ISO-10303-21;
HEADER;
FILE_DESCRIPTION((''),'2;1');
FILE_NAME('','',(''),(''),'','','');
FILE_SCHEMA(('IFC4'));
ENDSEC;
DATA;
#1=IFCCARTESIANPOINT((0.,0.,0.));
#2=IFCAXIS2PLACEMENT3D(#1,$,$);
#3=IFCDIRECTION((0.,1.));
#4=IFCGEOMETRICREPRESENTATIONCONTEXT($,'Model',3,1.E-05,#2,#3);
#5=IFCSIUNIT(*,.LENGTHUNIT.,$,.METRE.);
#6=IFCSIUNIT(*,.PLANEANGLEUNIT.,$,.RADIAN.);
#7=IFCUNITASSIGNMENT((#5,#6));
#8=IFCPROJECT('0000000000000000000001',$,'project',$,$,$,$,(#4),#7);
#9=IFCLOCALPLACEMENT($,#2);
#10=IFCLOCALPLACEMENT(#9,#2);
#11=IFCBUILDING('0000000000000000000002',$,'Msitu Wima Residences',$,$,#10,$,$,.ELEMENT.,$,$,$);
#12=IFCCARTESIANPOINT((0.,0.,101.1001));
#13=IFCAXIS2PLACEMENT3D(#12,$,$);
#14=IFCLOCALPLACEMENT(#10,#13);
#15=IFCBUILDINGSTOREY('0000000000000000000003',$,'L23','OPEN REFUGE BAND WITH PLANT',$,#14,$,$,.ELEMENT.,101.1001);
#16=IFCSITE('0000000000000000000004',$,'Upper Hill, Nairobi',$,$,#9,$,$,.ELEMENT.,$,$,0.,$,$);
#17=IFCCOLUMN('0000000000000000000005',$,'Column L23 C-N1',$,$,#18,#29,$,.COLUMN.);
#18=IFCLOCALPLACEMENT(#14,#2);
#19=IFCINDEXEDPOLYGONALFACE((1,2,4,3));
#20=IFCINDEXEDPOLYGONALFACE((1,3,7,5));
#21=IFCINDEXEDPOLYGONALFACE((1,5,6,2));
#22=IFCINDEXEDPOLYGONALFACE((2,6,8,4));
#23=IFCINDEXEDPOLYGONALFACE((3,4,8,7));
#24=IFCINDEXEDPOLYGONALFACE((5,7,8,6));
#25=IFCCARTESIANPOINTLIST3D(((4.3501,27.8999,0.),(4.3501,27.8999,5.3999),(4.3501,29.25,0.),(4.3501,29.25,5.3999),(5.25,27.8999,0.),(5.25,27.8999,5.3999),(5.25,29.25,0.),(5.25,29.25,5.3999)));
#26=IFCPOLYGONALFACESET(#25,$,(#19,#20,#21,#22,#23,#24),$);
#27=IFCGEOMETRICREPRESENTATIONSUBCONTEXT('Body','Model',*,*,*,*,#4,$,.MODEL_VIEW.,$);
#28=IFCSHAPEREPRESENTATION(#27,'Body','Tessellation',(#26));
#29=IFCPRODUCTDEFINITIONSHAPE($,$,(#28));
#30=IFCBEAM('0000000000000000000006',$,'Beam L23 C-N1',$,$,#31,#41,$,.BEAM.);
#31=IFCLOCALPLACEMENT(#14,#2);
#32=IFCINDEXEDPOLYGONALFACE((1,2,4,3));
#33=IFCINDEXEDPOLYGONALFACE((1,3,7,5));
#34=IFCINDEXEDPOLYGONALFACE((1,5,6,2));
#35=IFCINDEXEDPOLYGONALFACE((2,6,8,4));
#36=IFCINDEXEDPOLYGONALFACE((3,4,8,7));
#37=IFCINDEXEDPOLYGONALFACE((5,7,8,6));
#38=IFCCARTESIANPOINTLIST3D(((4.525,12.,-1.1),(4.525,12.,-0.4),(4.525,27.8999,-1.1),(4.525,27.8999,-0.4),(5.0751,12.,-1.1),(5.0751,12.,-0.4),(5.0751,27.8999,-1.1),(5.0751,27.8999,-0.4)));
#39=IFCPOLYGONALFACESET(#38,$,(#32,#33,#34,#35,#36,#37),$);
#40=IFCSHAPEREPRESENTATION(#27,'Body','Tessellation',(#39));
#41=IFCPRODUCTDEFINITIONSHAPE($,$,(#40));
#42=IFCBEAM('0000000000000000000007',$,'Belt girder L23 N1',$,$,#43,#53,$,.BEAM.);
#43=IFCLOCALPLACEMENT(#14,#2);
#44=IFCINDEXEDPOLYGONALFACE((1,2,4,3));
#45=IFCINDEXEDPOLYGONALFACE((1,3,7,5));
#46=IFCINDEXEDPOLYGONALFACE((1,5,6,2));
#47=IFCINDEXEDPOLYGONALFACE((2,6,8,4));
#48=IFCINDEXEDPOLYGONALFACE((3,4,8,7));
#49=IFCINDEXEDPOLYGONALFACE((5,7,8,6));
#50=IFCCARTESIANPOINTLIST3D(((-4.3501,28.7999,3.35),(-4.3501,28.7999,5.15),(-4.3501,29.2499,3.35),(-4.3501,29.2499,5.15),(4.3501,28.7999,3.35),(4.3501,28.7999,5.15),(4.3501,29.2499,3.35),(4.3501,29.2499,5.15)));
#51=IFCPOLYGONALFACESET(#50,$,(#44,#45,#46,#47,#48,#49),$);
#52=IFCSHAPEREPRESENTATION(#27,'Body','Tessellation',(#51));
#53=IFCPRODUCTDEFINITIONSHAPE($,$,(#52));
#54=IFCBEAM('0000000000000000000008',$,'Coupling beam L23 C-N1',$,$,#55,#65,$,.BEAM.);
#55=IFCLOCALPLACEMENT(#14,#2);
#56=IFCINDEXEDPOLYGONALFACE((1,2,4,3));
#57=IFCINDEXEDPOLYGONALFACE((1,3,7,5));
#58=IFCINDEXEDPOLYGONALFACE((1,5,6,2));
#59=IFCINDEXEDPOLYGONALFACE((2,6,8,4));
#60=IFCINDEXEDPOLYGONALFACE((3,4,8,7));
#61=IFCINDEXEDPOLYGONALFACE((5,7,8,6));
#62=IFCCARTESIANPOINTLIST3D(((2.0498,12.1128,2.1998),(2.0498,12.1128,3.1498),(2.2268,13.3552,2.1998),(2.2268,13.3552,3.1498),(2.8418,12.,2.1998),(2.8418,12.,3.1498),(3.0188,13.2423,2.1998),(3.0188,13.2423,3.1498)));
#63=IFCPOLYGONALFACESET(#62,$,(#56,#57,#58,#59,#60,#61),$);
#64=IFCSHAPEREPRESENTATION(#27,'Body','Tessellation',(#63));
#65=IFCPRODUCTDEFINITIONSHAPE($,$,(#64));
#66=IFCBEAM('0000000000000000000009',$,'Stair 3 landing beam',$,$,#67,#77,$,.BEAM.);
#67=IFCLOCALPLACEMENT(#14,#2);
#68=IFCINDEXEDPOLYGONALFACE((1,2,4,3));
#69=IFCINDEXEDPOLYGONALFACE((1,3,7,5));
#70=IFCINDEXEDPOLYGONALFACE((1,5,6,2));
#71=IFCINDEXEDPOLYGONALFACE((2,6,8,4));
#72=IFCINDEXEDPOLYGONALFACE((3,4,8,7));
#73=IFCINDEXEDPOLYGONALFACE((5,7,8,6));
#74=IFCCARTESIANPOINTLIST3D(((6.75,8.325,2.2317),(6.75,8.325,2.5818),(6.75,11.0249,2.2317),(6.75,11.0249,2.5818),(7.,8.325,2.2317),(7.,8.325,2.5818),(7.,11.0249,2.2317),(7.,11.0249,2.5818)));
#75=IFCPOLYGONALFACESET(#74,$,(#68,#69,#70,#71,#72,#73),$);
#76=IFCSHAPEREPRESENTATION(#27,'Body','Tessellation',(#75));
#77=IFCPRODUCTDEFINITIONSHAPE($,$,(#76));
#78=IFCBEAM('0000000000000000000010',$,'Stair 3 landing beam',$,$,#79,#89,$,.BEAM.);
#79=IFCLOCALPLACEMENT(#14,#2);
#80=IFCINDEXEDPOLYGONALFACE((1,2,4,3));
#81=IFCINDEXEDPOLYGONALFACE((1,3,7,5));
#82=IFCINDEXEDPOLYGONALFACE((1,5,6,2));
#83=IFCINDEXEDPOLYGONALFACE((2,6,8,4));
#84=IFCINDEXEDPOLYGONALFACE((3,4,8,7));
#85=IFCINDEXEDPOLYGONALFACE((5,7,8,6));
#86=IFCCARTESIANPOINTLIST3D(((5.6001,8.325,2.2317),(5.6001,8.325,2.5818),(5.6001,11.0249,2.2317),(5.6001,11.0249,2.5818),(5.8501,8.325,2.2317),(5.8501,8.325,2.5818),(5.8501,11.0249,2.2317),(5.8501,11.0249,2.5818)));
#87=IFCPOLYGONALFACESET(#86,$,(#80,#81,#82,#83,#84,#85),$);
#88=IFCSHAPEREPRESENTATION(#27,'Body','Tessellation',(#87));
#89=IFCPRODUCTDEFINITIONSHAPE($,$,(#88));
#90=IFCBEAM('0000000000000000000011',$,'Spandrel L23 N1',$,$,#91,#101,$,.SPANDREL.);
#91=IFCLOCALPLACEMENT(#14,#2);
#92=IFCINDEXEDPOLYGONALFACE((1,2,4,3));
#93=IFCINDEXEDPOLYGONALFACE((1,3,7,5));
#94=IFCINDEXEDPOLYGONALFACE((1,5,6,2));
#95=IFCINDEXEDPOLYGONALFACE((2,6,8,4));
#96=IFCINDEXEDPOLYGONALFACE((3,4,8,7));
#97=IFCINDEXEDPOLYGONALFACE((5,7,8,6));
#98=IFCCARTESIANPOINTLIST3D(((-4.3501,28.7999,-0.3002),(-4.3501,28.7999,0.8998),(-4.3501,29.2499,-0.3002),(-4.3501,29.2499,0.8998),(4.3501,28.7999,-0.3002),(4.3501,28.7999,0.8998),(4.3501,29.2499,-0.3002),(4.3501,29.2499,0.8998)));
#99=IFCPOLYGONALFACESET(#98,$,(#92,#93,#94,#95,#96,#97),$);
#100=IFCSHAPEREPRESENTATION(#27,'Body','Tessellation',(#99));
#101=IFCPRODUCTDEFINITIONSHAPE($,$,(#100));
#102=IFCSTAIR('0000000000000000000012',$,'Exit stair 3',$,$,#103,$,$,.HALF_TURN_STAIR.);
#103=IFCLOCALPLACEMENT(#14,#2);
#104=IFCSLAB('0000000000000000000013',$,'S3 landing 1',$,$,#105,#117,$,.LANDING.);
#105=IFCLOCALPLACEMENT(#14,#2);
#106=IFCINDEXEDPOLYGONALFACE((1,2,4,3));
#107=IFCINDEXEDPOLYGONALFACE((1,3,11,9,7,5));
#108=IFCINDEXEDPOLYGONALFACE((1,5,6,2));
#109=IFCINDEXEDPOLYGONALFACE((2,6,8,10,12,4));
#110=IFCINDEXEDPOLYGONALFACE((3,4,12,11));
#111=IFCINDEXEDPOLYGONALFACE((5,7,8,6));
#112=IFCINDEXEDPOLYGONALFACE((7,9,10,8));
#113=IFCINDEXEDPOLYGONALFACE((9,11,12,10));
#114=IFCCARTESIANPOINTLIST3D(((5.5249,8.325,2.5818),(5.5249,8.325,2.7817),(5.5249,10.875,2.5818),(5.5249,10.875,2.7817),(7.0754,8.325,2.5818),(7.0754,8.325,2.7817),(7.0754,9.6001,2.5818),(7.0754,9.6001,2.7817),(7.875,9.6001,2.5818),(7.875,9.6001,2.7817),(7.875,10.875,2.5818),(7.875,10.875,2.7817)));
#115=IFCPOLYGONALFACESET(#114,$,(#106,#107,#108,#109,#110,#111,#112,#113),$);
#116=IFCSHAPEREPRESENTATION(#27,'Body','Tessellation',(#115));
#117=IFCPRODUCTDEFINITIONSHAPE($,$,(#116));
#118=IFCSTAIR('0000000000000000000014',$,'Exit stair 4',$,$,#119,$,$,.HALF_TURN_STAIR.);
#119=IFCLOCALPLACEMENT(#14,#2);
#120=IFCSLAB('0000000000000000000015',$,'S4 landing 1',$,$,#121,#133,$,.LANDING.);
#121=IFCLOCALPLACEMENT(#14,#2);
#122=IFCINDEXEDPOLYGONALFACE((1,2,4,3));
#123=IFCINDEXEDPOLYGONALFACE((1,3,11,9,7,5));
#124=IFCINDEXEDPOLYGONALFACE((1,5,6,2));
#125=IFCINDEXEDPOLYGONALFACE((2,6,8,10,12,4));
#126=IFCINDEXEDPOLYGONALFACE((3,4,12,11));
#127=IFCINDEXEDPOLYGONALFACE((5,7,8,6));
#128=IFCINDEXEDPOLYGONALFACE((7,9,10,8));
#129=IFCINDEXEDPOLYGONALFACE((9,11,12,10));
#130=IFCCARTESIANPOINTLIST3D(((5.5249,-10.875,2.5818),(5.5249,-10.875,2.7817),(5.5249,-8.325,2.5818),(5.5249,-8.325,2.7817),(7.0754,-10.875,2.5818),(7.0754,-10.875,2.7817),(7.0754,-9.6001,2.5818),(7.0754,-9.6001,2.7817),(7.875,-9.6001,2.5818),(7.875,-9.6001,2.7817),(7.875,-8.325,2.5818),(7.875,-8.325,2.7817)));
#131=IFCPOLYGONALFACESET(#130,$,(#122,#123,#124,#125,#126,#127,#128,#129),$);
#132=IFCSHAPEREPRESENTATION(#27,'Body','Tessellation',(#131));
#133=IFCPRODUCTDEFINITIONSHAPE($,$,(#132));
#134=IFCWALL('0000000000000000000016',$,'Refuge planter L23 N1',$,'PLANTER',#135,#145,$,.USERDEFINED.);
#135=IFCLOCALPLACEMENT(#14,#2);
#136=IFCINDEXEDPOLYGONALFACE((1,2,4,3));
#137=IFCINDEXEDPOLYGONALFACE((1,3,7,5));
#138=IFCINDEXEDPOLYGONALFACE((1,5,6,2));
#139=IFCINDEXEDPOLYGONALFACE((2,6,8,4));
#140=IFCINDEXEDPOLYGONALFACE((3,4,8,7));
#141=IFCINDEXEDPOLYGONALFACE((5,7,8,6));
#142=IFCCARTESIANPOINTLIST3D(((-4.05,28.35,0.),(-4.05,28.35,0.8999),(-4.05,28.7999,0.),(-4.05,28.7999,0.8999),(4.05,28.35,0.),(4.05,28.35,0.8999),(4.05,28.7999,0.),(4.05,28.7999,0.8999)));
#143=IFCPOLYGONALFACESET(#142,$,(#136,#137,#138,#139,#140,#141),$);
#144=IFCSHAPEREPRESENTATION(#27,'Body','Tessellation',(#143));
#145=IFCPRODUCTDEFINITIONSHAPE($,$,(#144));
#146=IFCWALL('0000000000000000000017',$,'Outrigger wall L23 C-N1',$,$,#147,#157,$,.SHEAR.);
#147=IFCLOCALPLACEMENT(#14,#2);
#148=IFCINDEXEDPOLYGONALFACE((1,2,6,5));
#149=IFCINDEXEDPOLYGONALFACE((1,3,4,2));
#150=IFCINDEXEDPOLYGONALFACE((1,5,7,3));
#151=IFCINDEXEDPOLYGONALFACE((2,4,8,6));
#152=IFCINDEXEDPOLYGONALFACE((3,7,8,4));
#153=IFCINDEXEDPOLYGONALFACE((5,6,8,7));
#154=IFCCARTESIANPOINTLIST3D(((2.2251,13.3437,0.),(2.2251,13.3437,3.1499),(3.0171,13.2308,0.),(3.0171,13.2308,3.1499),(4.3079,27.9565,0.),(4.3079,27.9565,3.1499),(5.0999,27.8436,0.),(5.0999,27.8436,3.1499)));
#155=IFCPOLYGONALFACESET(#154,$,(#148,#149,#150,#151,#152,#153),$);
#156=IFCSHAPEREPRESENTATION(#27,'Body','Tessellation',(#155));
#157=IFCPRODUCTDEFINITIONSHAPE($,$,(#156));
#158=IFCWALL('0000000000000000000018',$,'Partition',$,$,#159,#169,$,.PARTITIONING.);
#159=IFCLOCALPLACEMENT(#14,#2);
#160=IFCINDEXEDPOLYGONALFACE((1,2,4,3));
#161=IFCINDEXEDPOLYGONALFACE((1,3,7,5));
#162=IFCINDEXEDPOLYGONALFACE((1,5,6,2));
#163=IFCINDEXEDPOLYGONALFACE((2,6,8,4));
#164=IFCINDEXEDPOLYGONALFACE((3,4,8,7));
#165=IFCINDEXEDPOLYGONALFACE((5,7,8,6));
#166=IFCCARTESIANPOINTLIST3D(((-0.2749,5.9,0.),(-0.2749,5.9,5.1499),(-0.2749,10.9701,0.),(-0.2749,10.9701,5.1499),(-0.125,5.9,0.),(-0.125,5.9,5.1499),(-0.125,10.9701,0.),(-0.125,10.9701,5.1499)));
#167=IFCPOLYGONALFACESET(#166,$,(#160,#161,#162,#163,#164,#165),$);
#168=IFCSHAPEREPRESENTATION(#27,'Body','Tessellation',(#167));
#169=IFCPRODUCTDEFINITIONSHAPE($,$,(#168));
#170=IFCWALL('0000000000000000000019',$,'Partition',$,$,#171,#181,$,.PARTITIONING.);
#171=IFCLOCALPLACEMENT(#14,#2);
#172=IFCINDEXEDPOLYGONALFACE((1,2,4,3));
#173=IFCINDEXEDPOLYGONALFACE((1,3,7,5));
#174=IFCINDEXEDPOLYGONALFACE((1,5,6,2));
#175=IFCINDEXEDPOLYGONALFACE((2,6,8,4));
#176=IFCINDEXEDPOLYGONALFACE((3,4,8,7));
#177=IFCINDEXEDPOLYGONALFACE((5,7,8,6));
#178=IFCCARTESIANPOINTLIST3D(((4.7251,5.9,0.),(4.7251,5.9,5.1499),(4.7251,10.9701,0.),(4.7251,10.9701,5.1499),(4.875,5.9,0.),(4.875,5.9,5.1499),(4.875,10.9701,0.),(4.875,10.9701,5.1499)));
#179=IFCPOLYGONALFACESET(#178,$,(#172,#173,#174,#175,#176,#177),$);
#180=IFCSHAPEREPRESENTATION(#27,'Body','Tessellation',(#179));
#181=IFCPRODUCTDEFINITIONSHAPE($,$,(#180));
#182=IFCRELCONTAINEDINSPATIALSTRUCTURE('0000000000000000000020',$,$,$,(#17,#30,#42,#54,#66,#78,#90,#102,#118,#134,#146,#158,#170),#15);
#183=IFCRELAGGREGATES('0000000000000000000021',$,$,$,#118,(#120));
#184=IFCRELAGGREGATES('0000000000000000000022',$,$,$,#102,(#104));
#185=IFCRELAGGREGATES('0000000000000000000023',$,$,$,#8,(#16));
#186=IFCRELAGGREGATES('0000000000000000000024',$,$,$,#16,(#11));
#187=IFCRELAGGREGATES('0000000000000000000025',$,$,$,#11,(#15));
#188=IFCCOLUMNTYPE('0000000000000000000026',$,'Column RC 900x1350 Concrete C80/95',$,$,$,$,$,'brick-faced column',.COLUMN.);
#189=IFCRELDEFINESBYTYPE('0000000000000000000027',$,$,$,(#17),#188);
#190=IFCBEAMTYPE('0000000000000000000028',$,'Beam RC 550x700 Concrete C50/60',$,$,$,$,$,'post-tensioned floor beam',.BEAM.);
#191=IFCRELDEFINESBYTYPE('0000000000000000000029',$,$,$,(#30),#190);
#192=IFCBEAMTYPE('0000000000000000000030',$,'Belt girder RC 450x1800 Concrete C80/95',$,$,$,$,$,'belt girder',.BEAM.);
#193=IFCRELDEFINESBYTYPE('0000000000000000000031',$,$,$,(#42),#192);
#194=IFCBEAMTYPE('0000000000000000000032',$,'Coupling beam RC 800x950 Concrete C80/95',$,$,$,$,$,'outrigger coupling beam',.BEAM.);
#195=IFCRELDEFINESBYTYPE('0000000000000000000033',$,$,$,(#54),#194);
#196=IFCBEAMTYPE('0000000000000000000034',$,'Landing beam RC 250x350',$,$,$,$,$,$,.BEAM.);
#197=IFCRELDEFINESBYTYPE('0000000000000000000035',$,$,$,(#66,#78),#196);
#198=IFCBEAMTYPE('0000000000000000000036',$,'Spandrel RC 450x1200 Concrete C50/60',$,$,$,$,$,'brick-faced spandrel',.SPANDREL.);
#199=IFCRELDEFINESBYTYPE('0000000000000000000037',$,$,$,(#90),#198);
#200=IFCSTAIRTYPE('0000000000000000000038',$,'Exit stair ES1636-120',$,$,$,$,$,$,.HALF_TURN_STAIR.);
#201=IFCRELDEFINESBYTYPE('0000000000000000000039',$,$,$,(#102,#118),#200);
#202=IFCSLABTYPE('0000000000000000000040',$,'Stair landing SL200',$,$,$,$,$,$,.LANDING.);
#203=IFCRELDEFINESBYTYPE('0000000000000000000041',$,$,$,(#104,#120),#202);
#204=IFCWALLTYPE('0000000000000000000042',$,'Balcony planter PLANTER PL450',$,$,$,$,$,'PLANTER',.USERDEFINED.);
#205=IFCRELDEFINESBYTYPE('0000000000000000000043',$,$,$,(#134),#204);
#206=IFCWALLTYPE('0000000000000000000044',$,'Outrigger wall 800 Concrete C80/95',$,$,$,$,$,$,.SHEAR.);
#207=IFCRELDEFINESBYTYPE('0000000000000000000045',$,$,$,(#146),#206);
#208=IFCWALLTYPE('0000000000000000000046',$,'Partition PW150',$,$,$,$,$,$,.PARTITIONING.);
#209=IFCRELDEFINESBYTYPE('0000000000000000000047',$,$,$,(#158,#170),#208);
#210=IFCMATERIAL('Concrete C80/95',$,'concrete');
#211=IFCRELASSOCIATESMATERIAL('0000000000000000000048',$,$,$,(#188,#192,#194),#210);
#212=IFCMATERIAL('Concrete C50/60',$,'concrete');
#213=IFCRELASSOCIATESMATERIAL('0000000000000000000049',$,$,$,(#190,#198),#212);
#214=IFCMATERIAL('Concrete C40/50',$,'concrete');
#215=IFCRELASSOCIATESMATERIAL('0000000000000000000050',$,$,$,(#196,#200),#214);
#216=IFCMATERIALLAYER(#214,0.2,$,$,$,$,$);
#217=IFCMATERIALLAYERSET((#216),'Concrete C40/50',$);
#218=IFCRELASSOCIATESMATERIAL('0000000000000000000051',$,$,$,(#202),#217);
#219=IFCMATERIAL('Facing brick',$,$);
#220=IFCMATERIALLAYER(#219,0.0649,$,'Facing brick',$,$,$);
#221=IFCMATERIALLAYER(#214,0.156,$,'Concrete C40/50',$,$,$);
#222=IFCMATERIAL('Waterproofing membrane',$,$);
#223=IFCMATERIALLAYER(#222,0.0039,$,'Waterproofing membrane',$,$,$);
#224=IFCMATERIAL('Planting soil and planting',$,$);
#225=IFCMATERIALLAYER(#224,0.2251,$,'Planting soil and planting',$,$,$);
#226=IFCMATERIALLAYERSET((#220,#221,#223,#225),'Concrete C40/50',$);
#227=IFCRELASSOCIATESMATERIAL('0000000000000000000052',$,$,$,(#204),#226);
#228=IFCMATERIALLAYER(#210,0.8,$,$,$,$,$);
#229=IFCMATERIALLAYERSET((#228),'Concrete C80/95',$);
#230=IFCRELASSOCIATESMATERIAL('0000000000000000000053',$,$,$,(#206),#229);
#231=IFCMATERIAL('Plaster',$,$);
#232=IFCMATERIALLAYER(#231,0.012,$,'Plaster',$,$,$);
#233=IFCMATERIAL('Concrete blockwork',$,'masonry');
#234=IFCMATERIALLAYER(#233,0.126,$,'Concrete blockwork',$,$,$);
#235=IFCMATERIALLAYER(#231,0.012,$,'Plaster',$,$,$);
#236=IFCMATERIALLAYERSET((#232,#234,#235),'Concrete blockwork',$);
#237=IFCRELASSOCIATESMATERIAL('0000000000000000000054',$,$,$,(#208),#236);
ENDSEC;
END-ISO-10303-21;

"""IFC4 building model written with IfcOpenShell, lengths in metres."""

from ifc_helpers import new_model, si_unit, direction, frame, frame_2d, origin, origin_2d, place, context, subcontext, project, spatial, polyline, rectangle, outline, extrude, material, layer, layer_set, material_profile, profile_set, type_object, element, aggregate, save


model = new_model("IFC4")

# Units and contexts
model_context = context("Model", 3, precision=1e-05, world=origin(), true_north=direction((0.0, 1.0)))
body_context = subcontext(model_context, "Body", "Model", "MODEL_VIEW")
ifc_project = project(units=[si_unit("LENGTHUNIT", "METRE"), si_unit("PLANEANGLEUNIT", "RADIAN")], contexts=[model_context])

# Site, building, storey
site_placement = place(None, origin())
site = spatial("IfcSite", under=ifc_project, at=site_placement, Name="Upper Hill, Nairobi", CompositionType="ELEMENT", RefElevation=0.0)
building_placement = place(site_placement, origin())
building = spatial("IfcBuilding", under=site, at=building_placement, Name="Msitu Wima Residences", CompositionType="ELEMENT")
storey_placement = place(building_placement, frame((0.0, 0.0, 101.1001)))
storey = spatial("IfcBuildingStorey", under=building, at=storey_placement, Name="L23", Description="OPEN REFUGE BAND WITH PLANT", CompositionType="ELEMENT", Elevation=101.1001)

# Column
ifc_material_1 = material(Name="Concrete C80/95", Category="concrete")
ifc_material_profile_1 = material_profile(ifc_material_1, rectangle(XDim=0.8999, YDim=1.3501, at=origin_2d()), Name="RC 900x1350")
ifc_profile_set_1 = profile_set([ifc_material_profile_1], Name="Concrete C80/95")
column_type = type_object("IfcColumnType", Name="Column RC 900x1350 Concrete C80/95", ElementType="brick-faced column", PredefinedType="COLUMN", material=ifc_profile_set_1)
column_placement = place(storey_placement, frame((4.8, 28.575, 0.0), z_axis=(0.0, 0.0, 1.0), x_axis=(-1.0, 0.0, 0.0)))
element("IfcColumn", 1, at=column_placement, inside=storey, type_object=column_type, Name="Column L23 C-N1", PredefinedType="COLUMN", context=body_context, shape_type="SweptSolid", body=[
    extrude(rectangle(XDim=0.8999, YDim=1.3501, at=origin_2d()), origin(), (0.0, 0.0, 1.0), 5.3999),
])

# Beams
ifc_material_2 = material(Name="Concrete C50/60", Category="concrete")
ifc_material_profile_2 = material_profile(ifc_material_2, rectangle(XDim=0.55, YDim=0.7, at=origin_2d()), Name="RC 550x700")
ifc_profile_set_2 = profile_set([ifc_material_profile_2], Name="Concrete C50/60")
beam_type_1 = type_object("IfcBeamType", Name="Beam RC 550x700 Concrete C50/60", ElementType="post-tensioned floor beam", PredefinedType="BEAM", material=ifc_profile_set_2)
beam_1_placement = place(storey_placement, frame((4.8, 27.8999, -0.75), z_axis=(0.0, -1.0, 0.0), x_axis=(1.0, 0.0, 0.0)))
element("IfcBeam", 2, at=beam_1_placement, inside=storey, type_object=beam_type_1, Name="Beam L23 C-N1", PredefinedType="BEAM", context=body_context, shape_type="SweptSolid", body=[
    extrude(rectangle(XDim=0.55, YDim=0.7, at=origin_2d()), origin(), (0.0, 0.0, 1.0), 15.8999),
])
ifc_material_profile_3 = material_profile(ifc_material_1, rectangle(XDim=0.45, YDim=1.8, at=origin_2d()), Name="RC 450x1800")
ifc_profile_set_3 = profile_set([ifc_material_profile_3], Name="Concrete C80/95")
beam_type_2 = type_object("IfcBeamType", Name="Belt girder RC 450x1800 Concrete C80/95", ElementType="belt girder", PredefinedType="BEAM", material=ifc_profile_set_3)
beam_2_placement = place(storey_placement, frame((4.3501, 29.0249, 4.25), z_axis=(-1.0, 0.0, 0.0), x_axis=(0.0, -1.0, 0.0)))
element("IfcBeam", 3, at=beam_2_placement, inside=storey, type_object=beam_type_2, Name="Belt girder L23 N1", PredefinedType="BEAM", context=body_context, shape_type="SweptSolid", body=[
    extrude(rectangle(XDim=0.45, YDim=1.8, at=origin_2d()), origin(), (0.0, 0.0, 1.0), 8.7002),
])
ifc_material_profile_4 = material_profile(ifc_material_1, rectangle(XDim=0.8, YDim=0.95, at=origin_2d()), Name="RC 800x950")
ifc_profile_set_4 = profile_set([ifc_material_profile_4], Name="Concrete C80/95")
beam_type_3 = type_object("IfcBeamType", Name="Coupling beam RC 800x950 Concrete C80/95", ElementType="outrigger coupling beam", PredefinedType="BEAM", material=ifc_profile_set_4)
beam_3_placement = place(storey_placement, frame((2.4458, 12.0564, 2.6748), z_axis=(0.14104, 0.990004, 0.0), x_axis=(-0.990004, 0.14104, 0.0)))
element("IfcBeam", 4, at=beam_3_placement, inside=storey, type_object=beam_type_3, Name="Coupling beam L23 C-N1", PredefinedType="BEAM", context=body_context, shape_type="SweptSolid", body=[
    extrude(rectangle(XDim=0.8, YDim=0.95, at=origin_2d()), origin(), (0.0, 0.0, 1.0), 1.2549),
])
ifc_material_3 = material(Name="Concrete C40/50", Category="concrete")
ifc_material_profile_5 = material_profile(ifc_material_3, rectangle(XDim=0.25, YDim=0.3501, at=origin_2d()), Name="RC 250x350")
ifc_profile_set_5 = profile_set([ifc_material_profile_5], Name="Concrete C40/50")
beam_type_4 = type_object("IfcBeamType", Name="Landing beam RC 250x350", PredefinedType="BEAM", material=ifc_profile_set_5)
for number, where, z_axis, x_axis, name in (
    (5, (6.875, 8.325, 2.4067), (0.0, 1.0, 0.0), (-1.0, 0.0, 0.0), "Stair 3 landing beam"),
    (6, (5.7251, 8.325, 2.4067), (0.0, 1.0, 0.0), (-1.0, 0.0, 0.0), "Stair 3 landing beam"),
):
    element("IfcBeam", number, at=place(storey_placement, frame(where, z_axis=z_axis, x_axis=x_axis)), inside=storey, type_object=beam_type_4, Name=name, PredefinedType="BEAM", context=body_context, shape_type="SweptSolid", body=[
        extrude(rectangle(XDim=0.25, YDim=0.3501, at=origin_2d()), origin(), (0.0, 0.0, 1.0), 2.7),
    ])
ifc_material_profile_6 = material_profile(ifc_material_2, rectangle(XDim=0.45, YDim=1.2, at=origin_2d()), Name="RC 450x1200")
ifc_profile_set_6 = profile_set([ifc_material_profile_6], Name="Concrete C50/60")
beam_type_5 = type_object("IfcBeamType", Name="Spandrel RC 450x1200 Concrete C50/60", ElementType="brick-faced spandrel", PredefinedType="SPANDREL", material=ifc_profile_set_6)
beam_4_placement = place(storey_placement, frame((4.3501, 29.0249, 0.2998), z_axis=(-1.0, 0.0, 0.0), x_axis=(0.0, -1.0, 0.0)))
element("IfcBeam", 7, at=beam_4_placement, inside=storey, type_object=beam_type_5, Name="Spandrel L23 N1", PredefinedType="SPANDREL", context=body_context, shape_type="SweptSolid", body=[
    extrude(rectangle(XDim=0.45, YDim=1.2, at=origin_2d()), origin(), (0.0, 0.0, 1.0), 8.7002),
])

# Stairs, slabs
stair_type = type_object("IfcStairType", Name="Exit stair ES1636-120", PredefinedType="HALF_TURN_STAIR", material=ifc_material_3)
stair_1_placement = place(storey_placement, origin())
stair_1 = element("IfcStair", 8, at=stair_1_placement, inside=storey, type_object=stair_type, Name="Exit stair 3", PredefinedType="HALF_TURN_STAIR")
ifc_layer_1 = layer(ifc_material_3, 0.2)
ifc_layer_set_1 = layer_set([ifc_layer_1], Name="Concrete C40/50")
slab_type = type_object("IfcSlabType", Name="Stair landing SL200", PredefinedType="LANDING", material=ifc_layer_set_1)
slab_1_placement = place(storey_placement, frame((0.0, 0.0, 2.5818)))
slab_1 = element("IfcSlab", 9, at=slab_1_placement, type_object=slab_type, Name="S3 landing 1", PredefinedType="LANDING", context=body_context, shape_type="SweptSolid", body=[
    extrude(outline(polyline([(5.5249, 8.325), (7.0754, 8.325), (7.0754, 9.6001), (7.875, 9.6001), (7.875, 10.875), (5.5249, 10.875), (5.5249, 8.325)])), origin(), (0.0, 0.0, 1.0), 0.2),
])
stair_2_placement = place(storey_placement, origin())
stair_2 = element("IfcStair", 10, at=stair_2_placement, inside=storey, type_object=stair_type, Name="Exit stair 4", PredefinedType="HALF_TURN_STAIR")
slab_2_placement = place(storey_placement, frame((0.0, 0.0, 2.5818)))
slab_2 = element("IfcSlab", 11, at=slab_2_placement, type_object=slab_type, Name="S4 landing 1", PredefinedType="LANDING", context=body_context, shape_type="SweptSolid", body=[
    extrude(outline(polyline([(5.5249, -10.875), (7.0754, -10.875), (7.0754, -9.6001), (7.875, -9.6001), (7.875, -8.325), (5.5249, -8.325), (5.5249, -10.875)])), origin(), (0.0, 0.0, 1.0), 0.2),
])
aggregate(stair_2, [slab_2])

# Walls
ifc_material_4 = material(Name="Facing brick")
ifc_layer_2 = layer(ifc_material_4, 0.0649, Name="Facing brick")
ifc_layer_3 = layer(ifc_material_3, 0.156, Name="Concrete C40/50")
ifc_material_5 = material(Name="Waterproofing membrane")
ifc_layer_4 = layer(ifc_material_5, 0.0039, Name="Waterproofing membrane")
ifc_material_6 = material(Name="Planting soil and planting")
ifc_layer_5 = layer(ifc_material_6, 0.2251, Name="Planting soil and planting")
ifc_layer_set_2 = layer_set([ifc_layer_2, ifc_layer_3, ifc_layer_4, ifc_layer_5], Name="Concrete C40/50")
wall_type_1 = type_object("IfcWallType", Name="Balcony planter PLANTER PL450", ElementType="PLANTER", PredefinedType="USERDEFINED", material=ifc_layer_set_2)
wall_1_placement = place(storey_placement, frame((4.05, 28.575, 0.0), z_axis=(0.0, 0.0, 1.0), x_axis=(-1.0, 0.0, 0.0)))
element("IfcWall", 12, at=wall_1_placement, inside=storey, type_object=wall_type_1, Name="Refuge planter L23 N1", ObjectType="PLANTER", PredefinedType="USERDEFINED", context=body_context, shape_type="SweptSolid", body=[
    extrude(rectangle(XDim=8.1001, YDim=0.45, at=frame_2d((4.05, 0.0))), origin(), (0.0, 0.0, 1.0), 0.8999),
])
ifc_layer_6 = layer(ifc_material_1, 0.8)
ifc_layer_set_3 = layer_set([ifc_layer_6], Name="Concrete C80/95")
wall_type_2 = type_object("IfcWallType", Name="Outrigger wall 800 Concrete C80/95", PredefinedType="SHEAR", material=ifc_layer_set_3)
wall_2_placement = place(storey_placement, frame((2.6211, 13.2871, 0.0), z_axis=(0.0, 0.0, 1.0), x_axis=(0.141104, 0.989995, 0.0)))
element("IfcWall", 13, at=wall_2_placement, inside=storey, type_object=wall_type_2, Name="Outrigger wall L23 C-N1", PredefinedType="SHEAR", context=body_context, shape_type="SweptSolid", body=[
    extrude(rectangle(XDim=14.7605, YDim=0.8, at=frame_2d((7.3804, 0.0))), origin(), (0.0, 0.0, 1.0), 3.1499),
])
ifc_material_7 = material(Name="Plaster")
ifc_layer_7 = layer(ifc_material_7, 0.012, Name="Plaster")
ifc_material_8 = material(Name="Concrete blockwork", Category="masonry")
ifc_layer_8 = layer(ifc_material_8, 0.126, Name="Concrete blockwork")
ifc_layer_9 = layer(ifc_material_7, 0.012, Name="Plaster")
ifc_layer_set_4 = layer_set([ifc_layer_7, ifc_layer_8, ifc_layer_9], Name="Concrete blockwork")
wall_type_3 = type_object("IfcWallType", Name="Partition PW150", PredefinedType="PARTITIONING", material=ifc_layer_set_4)
for number, where, z_axis, x_axis, name in (
    (14, (-0.2, 5.8999, 0.0), (0.0, 0.0, 1.0), (0.0, 1.0, 0.0), "Partition"),
    (15, (4.8, 5.8999, 0.0), (0.0, 0.0, 1.0), (0.0, 1.0, 0.0), "Partition"),
):
    element("IfcWall", number, at=place(storey_placement, frame(where, z_axis=z_axis, x_axis=x_axis)), inside=storey, type_object=wall_type_3, Name=name, PredefinedType="PARTITIONING", context=body_context, shape_type="SweptSolid", body=[
        extrude(rectangle(XDim=5.0701, YDim=0.1499, at=frame_2d((2.5352, 0.0))), origin(), (0.0, 0.0, 1.0), 5.1499),
    ])

aggregate(stair_1, [slab_1])

save(model, "model.ifc")
